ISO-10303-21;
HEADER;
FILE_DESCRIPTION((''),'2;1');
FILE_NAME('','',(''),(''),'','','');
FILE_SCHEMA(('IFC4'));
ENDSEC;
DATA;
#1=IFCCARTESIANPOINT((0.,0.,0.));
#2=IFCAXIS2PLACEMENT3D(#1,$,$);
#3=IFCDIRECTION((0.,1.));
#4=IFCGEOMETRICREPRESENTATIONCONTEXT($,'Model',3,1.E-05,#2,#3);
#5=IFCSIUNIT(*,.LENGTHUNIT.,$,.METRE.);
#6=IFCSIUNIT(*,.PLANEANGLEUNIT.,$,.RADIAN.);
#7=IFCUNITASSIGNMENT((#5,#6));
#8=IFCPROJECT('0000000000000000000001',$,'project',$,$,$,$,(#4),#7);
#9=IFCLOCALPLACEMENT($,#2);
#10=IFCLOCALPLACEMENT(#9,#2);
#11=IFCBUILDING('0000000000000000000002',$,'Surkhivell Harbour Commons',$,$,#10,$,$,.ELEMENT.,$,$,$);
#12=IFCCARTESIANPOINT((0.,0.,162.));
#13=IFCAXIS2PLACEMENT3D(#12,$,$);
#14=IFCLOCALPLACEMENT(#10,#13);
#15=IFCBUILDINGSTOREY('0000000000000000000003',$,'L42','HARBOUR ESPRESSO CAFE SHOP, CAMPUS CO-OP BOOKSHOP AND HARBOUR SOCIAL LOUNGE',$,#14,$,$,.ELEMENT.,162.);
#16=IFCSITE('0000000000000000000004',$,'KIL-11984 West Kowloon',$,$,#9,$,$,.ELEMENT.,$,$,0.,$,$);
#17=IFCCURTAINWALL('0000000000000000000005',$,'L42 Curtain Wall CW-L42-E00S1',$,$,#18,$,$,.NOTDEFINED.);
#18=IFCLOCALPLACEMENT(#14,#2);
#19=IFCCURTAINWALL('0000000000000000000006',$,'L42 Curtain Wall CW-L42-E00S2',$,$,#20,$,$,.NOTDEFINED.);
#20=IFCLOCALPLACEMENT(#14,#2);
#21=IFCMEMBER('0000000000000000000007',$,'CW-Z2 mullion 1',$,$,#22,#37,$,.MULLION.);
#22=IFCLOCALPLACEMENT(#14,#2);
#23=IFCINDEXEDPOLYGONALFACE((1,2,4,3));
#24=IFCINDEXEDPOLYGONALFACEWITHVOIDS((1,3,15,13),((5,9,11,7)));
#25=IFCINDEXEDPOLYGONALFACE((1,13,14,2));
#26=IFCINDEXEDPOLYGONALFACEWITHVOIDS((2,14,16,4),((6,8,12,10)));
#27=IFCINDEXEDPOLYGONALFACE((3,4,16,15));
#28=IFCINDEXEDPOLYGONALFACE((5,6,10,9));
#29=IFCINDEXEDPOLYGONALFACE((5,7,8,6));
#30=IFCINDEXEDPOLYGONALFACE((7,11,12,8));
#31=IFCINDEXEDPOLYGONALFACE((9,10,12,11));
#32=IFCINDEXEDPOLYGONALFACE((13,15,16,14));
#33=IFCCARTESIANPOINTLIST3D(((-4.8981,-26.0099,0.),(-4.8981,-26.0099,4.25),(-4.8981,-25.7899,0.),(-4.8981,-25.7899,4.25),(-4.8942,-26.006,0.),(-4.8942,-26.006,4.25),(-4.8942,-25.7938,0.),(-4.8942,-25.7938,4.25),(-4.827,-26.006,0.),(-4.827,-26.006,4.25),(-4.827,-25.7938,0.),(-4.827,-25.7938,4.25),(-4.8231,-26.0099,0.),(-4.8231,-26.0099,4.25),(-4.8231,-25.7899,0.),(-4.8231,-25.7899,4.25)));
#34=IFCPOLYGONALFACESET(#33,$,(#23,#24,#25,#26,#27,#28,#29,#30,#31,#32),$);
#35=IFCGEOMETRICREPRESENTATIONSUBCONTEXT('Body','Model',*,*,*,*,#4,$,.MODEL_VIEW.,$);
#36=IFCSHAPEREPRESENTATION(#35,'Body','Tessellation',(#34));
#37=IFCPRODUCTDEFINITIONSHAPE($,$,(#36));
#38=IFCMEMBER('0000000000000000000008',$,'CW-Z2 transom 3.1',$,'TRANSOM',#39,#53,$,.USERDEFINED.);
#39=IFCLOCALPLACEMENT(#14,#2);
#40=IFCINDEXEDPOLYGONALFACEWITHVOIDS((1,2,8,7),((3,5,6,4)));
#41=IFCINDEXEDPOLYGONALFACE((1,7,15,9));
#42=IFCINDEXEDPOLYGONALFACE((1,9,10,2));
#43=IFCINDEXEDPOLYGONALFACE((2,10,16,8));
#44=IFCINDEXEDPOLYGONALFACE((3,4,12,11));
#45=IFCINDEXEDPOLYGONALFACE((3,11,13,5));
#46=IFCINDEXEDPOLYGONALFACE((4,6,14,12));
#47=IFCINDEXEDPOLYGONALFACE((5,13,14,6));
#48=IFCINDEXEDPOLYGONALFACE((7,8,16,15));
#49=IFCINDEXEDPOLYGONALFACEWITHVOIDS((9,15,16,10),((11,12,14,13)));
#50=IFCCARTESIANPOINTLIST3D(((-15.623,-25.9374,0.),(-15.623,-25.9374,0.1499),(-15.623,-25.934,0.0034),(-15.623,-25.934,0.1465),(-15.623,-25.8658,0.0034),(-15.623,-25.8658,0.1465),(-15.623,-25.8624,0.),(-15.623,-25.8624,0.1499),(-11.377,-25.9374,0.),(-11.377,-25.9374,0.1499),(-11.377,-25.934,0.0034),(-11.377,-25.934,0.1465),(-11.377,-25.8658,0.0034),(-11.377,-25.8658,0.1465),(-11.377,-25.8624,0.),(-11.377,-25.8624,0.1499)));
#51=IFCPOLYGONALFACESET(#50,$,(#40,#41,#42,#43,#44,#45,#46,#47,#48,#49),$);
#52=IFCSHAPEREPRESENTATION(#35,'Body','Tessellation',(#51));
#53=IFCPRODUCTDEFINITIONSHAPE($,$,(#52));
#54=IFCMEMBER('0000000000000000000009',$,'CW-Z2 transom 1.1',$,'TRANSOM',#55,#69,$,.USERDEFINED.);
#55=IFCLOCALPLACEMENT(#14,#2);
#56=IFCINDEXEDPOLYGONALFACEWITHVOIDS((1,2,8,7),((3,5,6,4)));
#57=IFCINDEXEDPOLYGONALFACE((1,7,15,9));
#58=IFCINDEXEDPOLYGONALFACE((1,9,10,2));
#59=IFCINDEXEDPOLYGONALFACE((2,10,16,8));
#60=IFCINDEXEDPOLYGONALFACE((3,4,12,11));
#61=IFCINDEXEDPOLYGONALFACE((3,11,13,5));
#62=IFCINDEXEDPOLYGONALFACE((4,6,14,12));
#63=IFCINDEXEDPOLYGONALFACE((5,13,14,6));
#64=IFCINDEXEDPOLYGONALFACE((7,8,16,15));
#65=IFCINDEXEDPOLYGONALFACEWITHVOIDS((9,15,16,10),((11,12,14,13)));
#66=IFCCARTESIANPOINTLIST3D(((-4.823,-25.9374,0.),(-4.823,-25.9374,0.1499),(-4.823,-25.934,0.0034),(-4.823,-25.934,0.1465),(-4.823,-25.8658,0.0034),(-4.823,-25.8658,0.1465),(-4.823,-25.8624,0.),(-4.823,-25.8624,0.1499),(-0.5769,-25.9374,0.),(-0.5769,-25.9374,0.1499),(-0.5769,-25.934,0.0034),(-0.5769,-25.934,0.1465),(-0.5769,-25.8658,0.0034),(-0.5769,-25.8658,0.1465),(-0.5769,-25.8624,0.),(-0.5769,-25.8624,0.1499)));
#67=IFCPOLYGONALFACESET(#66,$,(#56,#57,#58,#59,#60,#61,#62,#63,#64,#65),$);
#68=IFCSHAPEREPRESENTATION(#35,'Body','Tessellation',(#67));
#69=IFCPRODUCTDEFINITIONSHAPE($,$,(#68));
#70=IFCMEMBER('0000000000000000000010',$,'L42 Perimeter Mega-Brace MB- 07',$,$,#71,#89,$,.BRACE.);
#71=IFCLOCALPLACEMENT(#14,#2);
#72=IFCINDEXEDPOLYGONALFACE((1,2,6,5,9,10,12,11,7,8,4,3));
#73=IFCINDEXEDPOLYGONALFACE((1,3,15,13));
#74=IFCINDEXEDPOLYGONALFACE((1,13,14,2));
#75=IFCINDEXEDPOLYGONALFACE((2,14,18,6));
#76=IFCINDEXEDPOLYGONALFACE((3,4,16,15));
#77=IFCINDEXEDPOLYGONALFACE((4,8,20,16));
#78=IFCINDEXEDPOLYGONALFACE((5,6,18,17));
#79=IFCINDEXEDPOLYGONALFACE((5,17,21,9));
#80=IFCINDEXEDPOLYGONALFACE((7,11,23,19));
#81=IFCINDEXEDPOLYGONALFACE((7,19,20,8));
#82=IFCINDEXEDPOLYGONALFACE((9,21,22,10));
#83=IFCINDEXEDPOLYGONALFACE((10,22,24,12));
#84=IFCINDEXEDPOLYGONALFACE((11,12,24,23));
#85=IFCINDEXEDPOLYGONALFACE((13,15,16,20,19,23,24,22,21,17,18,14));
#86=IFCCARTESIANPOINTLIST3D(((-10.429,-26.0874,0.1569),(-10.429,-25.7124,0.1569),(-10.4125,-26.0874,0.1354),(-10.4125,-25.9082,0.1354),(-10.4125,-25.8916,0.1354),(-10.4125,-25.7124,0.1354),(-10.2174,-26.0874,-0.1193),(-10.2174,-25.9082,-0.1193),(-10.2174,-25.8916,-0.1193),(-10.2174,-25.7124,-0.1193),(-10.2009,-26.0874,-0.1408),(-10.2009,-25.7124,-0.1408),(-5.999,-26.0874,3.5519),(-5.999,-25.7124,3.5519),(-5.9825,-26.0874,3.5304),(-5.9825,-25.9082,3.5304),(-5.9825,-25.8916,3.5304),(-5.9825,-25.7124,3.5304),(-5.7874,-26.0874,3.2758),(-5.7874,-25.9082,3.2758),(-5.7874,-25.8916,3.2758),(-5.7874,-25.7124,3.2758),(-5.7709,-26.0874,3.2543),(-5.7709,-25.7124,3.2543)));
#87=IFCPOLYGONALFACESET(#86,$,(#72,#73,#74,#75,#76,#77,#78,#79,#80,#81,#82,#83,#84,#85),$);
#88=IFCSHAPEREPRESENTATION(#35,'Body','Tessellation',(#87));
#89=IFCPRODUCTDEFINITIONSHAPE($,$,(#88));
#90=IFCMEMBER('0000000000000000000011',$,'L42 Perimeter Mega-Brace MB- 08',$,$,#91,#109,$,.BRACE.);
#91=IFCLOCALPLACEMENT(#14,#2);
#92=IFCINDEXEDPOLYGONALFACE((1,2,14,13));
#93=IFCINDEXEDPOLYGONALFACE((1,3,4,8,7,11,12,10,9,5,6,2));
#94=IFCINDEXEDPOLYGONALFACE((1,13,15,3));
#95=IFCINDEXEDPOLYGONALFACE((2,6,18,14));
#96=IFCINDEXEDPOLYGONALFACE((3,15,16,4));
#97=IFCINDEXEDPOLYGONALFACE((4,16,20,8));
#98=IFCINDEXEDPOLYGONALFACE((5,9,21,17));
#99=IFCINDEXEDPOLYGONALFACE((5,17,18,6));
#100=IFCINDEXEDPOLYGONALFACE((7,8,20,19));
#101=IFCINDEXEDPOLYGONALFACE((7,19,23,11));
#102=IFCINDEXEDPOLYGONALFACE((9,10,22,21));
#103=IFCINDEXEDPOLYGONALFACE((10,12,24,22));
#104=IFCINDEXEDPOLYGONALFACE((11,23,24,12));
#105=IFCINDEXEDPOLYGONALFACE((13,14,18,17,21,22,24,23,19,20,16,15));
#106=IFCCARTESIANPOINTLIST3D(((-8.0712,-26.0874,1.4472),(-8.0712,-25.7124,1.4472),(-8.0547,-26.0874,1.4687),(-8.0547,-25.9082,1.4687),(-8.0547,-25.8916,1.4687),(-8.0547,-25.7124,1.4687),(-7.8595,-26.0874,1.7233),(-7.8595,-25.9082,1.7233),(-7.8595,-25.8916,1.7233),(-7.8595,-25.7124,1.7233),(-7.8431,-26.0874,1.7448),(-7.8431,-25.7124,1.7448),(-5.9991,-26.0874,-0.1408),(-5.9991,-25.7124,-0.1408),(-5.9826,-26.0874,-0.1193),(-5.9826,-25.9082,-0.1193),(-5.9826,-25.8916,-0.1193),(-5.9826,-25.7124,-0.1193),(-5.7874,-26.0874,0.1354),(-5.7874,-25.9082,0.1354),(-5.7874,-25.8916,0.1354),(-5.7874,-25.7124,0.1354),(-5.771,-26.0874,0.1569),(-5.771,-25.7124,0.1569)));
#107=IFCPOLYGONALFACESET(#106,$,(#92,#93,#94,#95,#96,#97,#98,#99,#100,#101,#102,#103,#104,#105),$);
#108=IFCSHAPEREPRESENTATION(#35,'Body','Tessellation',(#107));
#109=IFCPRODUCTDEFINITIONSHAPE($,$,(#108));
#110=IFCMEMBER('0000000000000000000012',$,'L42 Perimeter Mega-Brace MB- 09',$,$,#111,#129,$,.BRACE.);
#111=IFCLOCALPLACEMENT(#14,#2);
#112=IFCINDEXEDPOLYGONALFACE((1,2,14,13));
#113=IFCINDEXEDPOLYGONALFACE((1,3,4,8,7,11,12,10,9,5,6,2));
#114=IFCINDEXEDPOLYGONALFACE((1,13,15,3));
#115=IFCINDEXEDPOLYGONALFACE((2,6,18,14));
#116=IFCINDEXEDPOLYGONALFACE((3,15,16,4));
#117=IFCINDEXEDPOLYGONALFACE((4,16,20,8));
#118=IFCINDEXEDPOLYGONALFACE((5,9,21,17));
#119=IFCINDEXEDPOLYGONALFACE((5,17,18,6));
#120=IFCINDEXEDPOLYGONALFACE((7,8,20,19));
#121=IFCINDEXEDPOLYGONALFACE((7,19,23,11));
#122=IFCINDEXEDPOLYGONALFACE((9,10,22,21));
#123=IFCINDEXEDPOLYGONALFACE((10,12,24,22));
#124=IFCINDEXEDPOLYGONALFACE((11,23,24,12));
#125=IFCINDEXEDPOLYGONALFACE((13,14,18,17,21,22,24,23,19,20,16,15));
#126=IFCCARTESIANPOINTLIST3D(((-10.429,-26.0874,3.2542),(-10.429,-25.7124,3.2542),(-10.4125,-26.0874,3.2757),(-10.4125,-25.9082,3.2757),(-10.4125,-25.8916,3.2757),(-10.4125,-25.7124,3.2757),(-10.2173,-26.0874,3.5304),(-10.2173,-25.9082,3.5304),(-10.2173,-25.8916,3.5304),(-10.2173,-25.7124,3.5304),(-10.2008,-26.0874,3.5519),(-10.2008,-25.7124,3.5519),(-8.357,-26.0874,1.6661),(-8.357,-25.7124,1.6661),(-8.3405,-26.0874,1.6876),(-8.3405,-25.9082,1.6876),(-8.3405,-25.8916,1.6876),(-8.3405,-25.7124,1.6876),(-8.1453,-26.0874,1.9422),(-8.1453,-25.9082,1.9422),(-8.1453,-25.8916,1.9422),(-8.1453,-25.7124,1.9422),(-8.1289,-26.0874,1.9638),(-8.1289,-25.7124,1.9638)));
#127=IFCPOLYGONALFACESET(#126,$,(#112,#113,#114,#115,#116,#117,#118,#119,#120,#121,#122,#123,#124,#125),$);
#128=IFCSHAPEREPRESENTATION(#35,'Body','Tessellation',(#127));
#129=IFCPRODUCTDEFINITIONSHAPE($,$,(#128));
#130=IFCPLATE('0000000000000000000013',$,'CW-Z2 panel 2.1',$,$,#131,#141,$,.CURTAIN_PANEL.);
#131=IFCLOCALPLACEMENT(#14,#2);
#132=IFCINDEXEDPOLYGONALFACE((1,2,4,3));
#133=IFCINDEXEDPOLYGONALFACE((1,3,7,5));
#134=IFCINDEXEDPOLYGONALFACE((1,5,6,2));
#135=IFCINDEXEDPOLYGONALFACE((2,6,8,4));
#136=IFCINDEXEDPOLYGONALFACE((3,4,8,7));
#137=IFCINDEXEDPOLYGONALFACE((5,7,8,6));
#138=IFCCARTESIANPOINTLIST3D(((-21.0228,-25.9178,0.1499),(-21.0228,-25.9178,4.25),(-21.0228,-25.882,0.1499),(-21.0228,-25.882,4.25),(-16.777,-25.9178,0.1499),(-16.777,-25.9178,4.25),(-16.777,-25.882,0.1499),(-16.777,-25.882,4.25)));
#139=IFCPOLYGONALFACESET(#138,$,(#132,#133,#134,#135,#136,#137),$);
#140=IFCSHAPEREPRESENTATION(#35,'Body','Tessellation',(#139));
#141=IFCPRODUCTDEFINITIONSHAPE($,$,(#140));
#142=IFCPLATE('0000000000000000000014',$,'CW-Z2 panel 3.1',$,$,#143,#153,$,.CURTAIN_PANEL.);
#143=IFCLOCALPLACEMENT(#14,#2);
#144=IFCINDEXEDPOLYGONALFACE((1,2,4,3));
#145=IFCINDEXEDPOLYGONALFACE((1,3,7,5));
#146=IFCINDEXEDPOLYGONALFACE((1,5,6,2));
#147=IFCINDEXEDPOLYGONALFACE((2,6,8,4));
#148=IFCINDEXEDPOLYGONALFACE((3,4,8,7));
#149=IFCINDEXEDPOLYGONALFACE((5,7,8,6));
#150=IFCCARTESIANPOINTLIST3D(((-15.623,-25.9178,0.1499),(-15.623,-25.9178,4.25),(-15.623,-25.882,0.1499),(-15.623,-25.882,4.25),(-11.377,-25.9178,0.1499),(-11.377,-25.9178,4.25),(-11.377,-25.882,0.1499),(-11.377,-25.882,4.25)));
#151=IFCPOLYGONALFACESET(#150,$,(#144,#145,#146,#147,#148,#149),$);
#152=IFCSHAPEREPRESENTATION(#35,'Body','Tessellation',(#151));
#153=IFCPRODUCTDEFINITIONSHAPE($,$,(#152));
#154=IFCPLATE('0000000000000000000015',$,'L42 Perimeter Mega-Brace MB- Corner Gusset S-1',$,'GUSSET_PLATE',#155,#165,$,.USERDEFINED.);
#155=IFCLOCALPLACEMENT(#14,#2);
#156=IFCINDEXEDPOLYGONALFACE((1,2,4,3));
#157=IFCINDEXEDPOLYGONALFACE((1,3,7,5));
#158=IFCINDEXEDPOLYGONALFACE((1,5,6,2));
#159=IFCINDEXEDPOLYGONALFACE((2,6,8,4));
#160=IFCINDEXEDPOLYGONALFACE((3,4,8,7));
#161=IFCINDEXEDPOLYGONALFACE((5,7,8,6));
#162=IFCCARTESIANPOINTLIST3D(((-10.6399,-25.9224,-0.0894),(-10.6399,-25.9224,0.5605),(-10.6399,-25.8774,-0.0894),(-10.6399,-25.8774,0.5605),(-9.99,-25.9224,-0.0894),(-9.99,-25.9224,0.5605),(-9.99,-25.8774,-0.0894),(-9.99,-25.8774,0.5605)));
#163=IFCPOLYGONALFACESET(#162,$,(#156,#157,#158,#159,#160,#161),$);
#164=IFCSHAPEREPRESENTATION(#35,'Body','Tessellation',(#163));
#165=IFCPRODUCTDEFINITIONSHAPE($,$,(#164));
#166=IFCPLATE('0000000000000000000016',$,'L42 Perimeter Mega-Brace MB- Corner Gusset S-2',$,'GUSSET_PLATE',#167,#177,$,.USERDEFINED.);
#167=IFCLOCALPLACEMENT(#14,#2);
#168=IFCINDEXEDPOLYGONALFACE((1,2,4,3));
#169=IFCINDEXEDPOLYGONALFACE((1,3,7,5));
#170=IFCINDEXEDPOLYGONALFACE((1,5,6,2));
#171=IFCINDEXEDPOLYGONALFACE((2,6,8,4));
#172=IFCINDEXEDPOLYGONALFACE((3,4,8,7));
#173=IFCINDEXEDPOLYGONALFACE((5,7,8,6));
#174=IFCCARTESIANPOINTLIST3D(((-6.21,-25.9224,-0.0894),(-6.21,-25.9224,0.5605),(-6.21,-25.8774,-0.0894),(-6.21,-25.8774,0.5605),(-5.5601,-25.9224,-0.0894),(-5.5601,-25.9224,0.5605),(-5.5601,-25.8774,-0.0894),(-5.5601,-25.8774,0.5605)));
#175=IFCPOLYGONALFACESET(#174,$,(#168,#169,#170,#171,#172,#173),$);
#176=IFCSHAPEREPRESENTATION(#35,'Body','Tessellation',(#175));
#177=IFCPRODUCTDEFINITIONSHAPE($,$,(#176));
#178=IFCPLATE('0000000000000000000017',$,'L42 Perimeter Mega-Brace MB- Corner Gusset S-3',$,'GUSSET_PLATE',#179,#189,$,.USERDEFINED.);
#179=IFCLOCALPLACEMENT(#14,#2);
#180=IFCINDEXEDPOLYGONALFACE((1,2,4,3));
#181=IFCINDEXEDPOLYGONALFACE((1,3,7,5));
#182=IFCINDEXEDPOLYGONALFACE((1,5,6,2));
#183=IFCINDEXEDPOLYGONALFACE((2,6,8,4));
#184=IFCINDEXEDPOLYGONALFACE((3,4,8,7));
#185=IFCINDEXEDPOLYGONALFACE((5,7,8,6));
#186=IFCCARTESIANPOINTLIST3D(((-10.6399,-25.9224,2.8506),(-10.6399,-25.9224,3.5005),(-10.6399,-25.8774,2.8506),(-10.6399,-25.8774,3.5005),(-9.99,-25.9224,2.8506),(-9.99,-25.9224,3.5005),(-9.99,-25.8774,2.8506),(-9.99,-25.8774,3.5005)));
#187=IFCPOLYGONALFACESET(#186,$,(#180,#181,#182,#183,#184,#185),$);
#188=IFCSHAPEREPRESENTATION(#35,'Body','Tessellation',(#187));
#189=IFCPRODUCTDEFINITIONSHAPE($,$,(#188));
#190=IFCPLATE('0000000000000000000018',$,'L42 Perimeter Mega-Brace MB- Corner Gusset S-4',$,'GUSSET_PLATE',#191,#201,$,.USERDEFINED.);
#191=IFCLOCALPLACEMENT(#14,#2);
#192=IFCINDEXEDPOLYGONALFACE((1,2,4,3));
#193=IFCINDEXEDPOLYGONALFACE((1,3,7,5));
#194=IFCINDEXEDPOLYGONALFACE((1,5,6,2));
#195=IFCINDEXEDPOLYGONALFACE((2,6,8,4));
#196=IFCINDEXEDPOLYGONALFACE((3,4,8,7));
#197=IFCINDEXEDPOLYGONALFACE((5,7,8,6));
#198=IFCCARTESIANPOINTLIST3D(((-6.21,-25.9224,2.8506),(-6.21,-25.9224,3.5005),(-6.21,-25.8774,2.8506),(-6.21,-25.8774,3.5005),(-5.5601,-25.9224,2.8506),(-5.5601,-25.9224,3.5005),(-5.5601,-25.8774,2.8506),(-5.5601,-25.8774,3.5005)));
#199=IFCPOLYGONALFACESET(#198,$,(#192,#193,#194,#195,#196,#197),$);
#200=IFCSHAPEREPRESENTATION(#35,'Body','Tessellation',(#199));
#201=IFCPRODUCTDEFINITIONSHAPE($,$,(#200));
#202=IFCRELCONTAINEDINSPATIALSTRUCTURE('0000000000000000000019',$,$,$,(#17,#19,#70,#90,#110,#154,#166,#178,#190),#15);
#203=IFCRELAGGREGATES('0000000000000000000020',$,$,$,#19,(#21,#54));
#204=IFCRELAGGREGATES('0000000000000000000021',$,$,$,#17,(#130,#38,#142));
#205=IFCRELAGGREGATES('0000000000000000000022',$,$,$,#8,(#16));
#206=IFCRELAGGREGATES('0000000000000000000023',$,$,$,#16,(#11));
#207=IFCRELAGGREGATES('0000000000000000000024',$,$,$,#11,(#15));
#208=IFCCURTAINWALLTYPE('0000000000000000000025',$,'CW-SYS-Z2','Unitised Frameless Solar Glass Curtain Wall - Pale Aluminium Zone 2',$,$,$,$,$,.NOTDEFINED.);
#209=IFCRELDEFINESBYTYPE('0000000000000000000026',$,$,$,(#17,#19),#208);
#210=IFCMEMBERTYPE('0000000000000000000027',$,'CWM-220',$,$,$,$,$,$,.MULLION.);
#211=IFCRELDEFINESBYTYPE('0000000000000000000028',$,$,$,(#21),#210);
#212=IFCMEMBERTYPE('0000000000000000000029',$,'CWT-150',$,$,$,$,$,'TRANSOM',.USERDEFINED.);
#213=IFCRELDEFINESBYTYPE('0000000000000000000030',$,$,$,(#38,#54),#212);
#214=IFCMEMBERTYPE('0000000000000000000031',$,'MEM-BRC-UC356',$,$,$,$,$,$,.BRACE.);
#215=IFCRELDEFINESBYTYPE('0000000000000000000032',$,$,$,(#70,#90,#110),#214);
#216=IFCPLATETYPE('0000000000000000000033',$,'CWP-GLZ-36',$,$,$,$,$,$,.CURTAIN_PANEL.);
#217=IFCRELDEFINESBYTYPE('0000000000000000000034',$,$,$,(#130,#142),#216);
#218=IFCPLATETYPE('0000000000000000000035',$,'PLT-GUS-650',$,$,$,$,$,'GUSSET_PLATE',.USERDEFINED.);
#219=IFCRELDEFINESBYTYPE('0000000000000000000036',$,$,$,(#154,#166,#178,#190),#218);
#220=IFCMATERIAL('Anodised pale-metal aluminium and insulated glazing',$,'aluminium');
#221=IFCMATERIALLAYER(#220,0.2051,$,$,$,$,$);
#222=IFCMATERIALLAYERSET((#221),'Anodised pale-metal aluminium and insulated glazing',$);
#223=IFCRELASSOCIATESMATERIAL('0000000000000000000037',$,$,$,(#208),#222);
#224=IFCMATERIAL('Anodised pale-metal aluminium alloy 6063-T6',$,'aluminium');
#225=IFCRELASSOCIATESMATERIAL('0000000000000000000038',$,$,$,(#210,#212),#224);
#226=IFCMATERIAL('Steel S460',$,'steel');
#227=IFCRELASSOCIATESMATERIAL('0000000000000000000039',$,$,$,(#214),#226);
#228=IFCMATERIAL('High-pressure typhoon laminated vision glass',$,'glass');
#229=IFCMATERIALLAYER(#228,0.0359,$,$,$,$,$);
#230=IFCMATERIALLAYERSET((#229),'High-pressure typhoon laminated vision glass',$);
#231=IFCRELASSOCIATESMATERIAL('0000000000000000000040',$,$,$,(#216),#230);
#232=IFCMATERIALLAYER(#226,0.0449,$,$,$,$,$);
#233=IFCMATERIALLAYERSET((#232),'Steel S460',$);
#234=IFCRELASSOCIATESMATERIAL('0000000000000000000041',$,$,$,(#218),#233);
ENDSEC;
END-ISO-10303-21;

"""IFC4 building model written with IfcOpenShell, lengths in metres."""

from ifc_helpers import new_model, si_unit, direction, frame, frame_2d, origin, origin_2d, place, context, subcontext, project, spatial, rectangle, hollow_rectangle, i_section, extrude, material, layer, layer_set, material_profile, profile_set, type_object, element, aggregate, save


model = new_model("IFC4")

# Units and contexts
model_context = context("Model", 3, precision=1e-05, world=origin(), true_north=direction((0.0, 1.0)))
body_context = subcontext(model_context, "Body", "Model", "MODEL_VIEW")
ifc_project = project(units=[si_unit("LENGTHUNIT", "METRE"), si_unit("PLANEANGLEUNIT", "RADIAN")], contexts=[model_context])

# Site, building, storey
site_placement = place(None, origin())
site = spatial("IfcSite", under=ifc_project, at=site_placement, Name="KIL-11984 West Kowloon", CompositionType="ELEMENT", RefElevation=0.0)
building_placement = place(site_placement, origin())
building = spatial("IfcBuilding", under=site, at=building_placement, Name="Surkhivell Harbour Commons", CompositionType="ELEMENT")
storey_placement = place(building_placement, frame((0.0, 0.0, 162.0)))
storey = spatial("IfcBuildingStorey", under=building, at=storey_placement, Name="L42", Description="HARBOUR ESPRESSO CAFE SHOP, CAMPUS CO-OP BOOKSHOP AND HARBOUR SOCIAL LOUNGE", CompositionType="ELEMENT", Elevation=162.0)

# Shared definitions
ifc_material_1 = material(Name="Steel S460", Category="steel")

# Curtain wall
ifc_material_2 = material(Name="Anodised pale-metal aluminium and insulated glazing", Category="aluminium")
ifc_layer_1 = layer(ifc_material_2, 0.2051)
ifc_layer_set_1 = layer_set([ifc_layer_1], Name="Anodised pale-metal aluminium and insulated glazing")
curtain_wall_type = type_object("IfcCurtainWallType", Name="CW-SYS-Z2", Description="Unitised Frameless Solar Glass Curtain Wall - Pale Aluminium Zone 2", PredefinedType="NOTDEFINED", material=ifc_layer_set_1)
curtain_wall_1_placement = place(storey_placement, origin())
curtain_wall_1 = element("IfcCurtainWall", 1, at=curtain_wall_1_placement, inside=storey, type_object=curtain_wall_type, Name="L42 Curtain Wall CW-L42-E00S1", PredefinedType="NOTDEFINED")
ifc_material_3 = material(Name="Anodised pale-metal aluminium alloy 6063-T6", Category="aluminium")
ifc_material_profile_1 = material_profile(ifc_material_3, hollow_rectangle(XDim=0.075, YDim=0.22, WallThickness=0.0039, at=origin_2d()), Name="ALU-MULL-75x220")
ifc_profile_set_1 = profile_set([ifc_material_profile_1], Name="Anodised pale-metal aluminium alloy 6063-T6")
member_type_1 = type_object("IfcMemberType", Name="CWM-220", PredefinedType="MULLION", material=ifc_profile_set_1)

# Curtain wall, member
curtain_wall_2_placement = place(storey_placement, origin())
curtain_wall_2 = element("IfcCurtainWall", 2, at=curtain_wall_2_placement, inside=storey, type_object=curtain_wall_type, Name="L42 Curtain Wall CW-L42-E00S2", PredefinedType="NOTDEFINED")
member_1_placement = place(storey_placement, frame((-4.8606, -25.8999, 0.0), z_axis=(0.0, 0.0, 1.0), x_axis=(1.0, 0.0, 0.0)))
member_1 = element("IfcMember", 3, at=member_1_placement, type_object=member_type_1, Name="CW-Z2 mullion 1", PredefinedType="MULLION", context=body_context, shape_type="SweptSolid", body=[
    extrude(hollow_rectangle(XDim=0.075, YDim=0.22, WallThickness=0.0039, at=origin_2d()), origin(), (0.0, 0.0, 1.0), 4.25),
])

# Members
ifc_material_profile_2 = material_profile(ifc_material_3, hollow_rectangle(XDim=0.075, YDim=0.1499, WallThickness=0.0034, at=origin_2d()), Name="ALU-TRAN-75x150")
ifc_profile_set_2 = profile_set([ifc_material_profile_2], Name="Anodised pale-metal aluminium alloy 6063-T6")
member_type_2 = type_object("IfcMemberType", Name="CWT-150", ElementType="TRANSOM", PredefinedType="USERDEFINED", material=ifc_profile_set_2)
member_2_placement = place(storey_placement, frame((-15.623, -25.8999, 0.075), z_axis=(1.0, 0.0, 0.0), x_axis=(0.0, 1.0, 0.0)))
member_2 = element("IfcMember", 4, at=member_2_placement, type_object=member_type_2, Name="CW-Z2 transom 3.1", ObjectType="TRANSOM", PredefinedType="USERDEFINED", context=body_context, shape_type="SweptSolid", body=[
    extrude(hollow_rectangle(XDim=0.075, YDim=0.1499, WallThickness=0.0034, at=origin_2d()), origin(), (0.0, 0.0, 1.0), 4.2461),
])
member_3_placement = place(storey_placement, frame((-4.823, -25.8999, 0.075), z_axis=(1.0, 0.0, 0.0), x_axis=(0.0, 1.0, 0.0)))
member_3 = element("IfcMember", 5, at=member_3_placement, type_object=member_type_2, Name="CW-Z2 transom 1.1", ObjectType="TRANSOM", PredefinedType="USERDEFINED", context=body_context, shape_type="SweptSolid", body=[
    extrude(hollow_rectangle(XDim=0.075, YDim=0.1499, WallThickness=0.0034, at=origin_2d()), origin(), (0.0, 0.0, 1.0), 4.2461),
])
aggregate(curtain_wall_2, [member_1, member_3])

# Members
ifc_material_profile_3 = material_profile(ifc_material_1, i_section(OverallWidth=0.375, OverallDepth=0.375, WebThickness=0.0166, FlangeThickness=0.0271, at=origin_2d()), Name="UC356x368x202")
ifc_profile_set_3 = profile_set([ifc_material_profile_3], Name="Steel S460")
member_type_3 = type_object("IfcMemberType", Name="MEM-BRC-UC356", PredefinedType="BRACE", material=ifc_profile_set_3)
member_4_placement = place(storey_placement, frame((-10.3149, -25.8999, 0.0081), z_axis=(0.793715, 0.0, 0.608289), x_axis=(0.0, 1.0, 0.0)))
element("IfcMember", 6, at=member_4_placement, inside=storey, type_object=member_type_3, Name="L42 Perimeter Mega-Brace MB- 07", PredefinedType="BRACE", context=body_context, shape_type="SweptSolid", body=[
    extrude(i_section(OverallWidth=0.375, OverallDepth=0.375, WebThickness=0.0166, FlangeThickness=0.0271, at=origin_2d()), origin(), (0.0, 0.0, 1.0), 5.5813),
])
for number, where, z_axis, x_axis, name in (
    (7, (-5.885, -25.8999, 0.0081), (-0.793728, 0.0, 0.608272), (0.0, -1.0, 0.0), "L42 Perimeter Mega-Brace MB- 08"),
    (8, (-8.2429, -25.8999, 1.8149), (-0.793683, 0.0, 0.608331), (0.0, -1.0, 0.0), "L42 Perimeter Mega-Brace MB- 09"),
):
    element("IfcMember", number, at=place(storey_placement, frame(where, z_axis=z_axis, x_axis=x_axis)), inside=storey, type_object=member_type_3, Name=name, PredefinedType="BRACE", context=body_context, shape_type="SweptSolid", body=[
        extrude(i_section(OverallWidth=0.375, OverallDepth=0.375, WebThickness=0.0166, FlangeThickness=0.0271, at=origin_2d()), origin(), (0.0, 0.0, 1.0), 2.6106),
    ])

# Plates
ifc_material_4 = material(Name="High-pressure typhoon laminated vision glass", Category="glass")
ifc_layer_2 = layer(ifc_material_4, 0.0359)
ifc_layer_set_2 = layer_set([ifc_layer_2], Name="High-pressure typhoon laminated vision glass")
plate_type_1 = type_object("IfcPlateType", Name="CWP-GLZ-36", PredefinedType="CURTAIN_PANEL", material=ifc_layer_set_2)
plate_1_placement = place(storey_placement, frame((-21.0229, -25.8999, 0.1499), z_axis=(0.0, 0.0, 1.0), x_axis=(1.0, 0.0, 0.0)))
plate_1 = element("IfcPlate", 9, at=plate_1_placement, type_object=plate_type_1, Name="CW-Z2 panel 2.1", PredefinedType="CURTAIN_PANEL", context=body_context, shape_type="SweptSolid", body=[
    extrude(rectangle(XDim=4.2458, YDim=0.0359, at=frame_2d((2.123, 0.0))), origin(), (0.0, 0.0, 1.0), 4.1001),
])
plate_2_placement = place(storey_placement, frame((-15.623, -25.8999, 0.1499), z_axis=(0.0, 0.0, 1.0), x_axis=(1.0, 0.0, 0.0)))
plate_2 = element("IfcPlate", 10, at=plate_2_placement, type_object=plate_type_1, Name="CW-Z2 panel 3.1", PredefinedType="CURTAIN_PANEL", context=body_context, shape_type="SweptSolid", body=[
    extrude(rectangle(XDim=4.2461, YDim=0.0359, at=frame_2d((2.123, 0.0))), origin(), (0.0, 0.0, 1.0), 4.1001),
])
aggregate(curtain_wall_1, [plate_1, member_2, plate_2])

# Plates
ifc_layer_3 = layer(ifc_material_1, 0.0449)
ifc_layer_set_3 = layer_set([ifc_layer_3], Name="Steel S460")
plate_type_2 = type_object("IfcPlateType", Name="PLT-GUS-650", ElementType="GUSSET_PLATE", PredefinedType="USERDEFINED", material=ifc_layer_set_3)
for number, where, z_axis, x_axis, name in (
    (11, (-10.3149, -25.8999, -0.0894), (0.0, 0.0, 1.0), (1.0, 0.0, 0.0), "L42 Perimeter Mega-Brace MB- Corner Gusset S-1"),
    (12, (-5.885, -25.8999, -0.0894), (0.0, 0.0, 1.0), (1.0, 0.0, 0.0), "L42 Perimeter Mega-Brace MB- Corner Gusset S-2"),
    (13, (-10.3149, -25.8999, 2.8506), (0.0, 0.0, 1.0), (1.0, 0.0, 0.0), "L42 Perimeter Mega-Brace MB- Corner Gusset S-3"),
    (14, (-5.885, -25.8999, 2.8506), (0.0, 0.0, 1.0), (1.0, 0.0, 0.0), "L42 Perimeter Mega-Brace MB- Corner Gusset S-4"),
):
    element("IfcPlate", number, at=place(storey_placement, frame(where, z_axis=z_axis, x_axis=x_axis)), inside=storey, type_object=plate_type_2, Name=name, ObjectType="GUSSET_PLATE", PredefinedType="USERDEFINED", context=body_context, shape_type="SweptSolid", body=[
        extrude(rectangle(XDim=0.6499, YDim=0.0449, at=origin_2d()), origin(), (0.0, 0.0, 1.0), 0.6499),
    ])

save(model, "model.ifc")
